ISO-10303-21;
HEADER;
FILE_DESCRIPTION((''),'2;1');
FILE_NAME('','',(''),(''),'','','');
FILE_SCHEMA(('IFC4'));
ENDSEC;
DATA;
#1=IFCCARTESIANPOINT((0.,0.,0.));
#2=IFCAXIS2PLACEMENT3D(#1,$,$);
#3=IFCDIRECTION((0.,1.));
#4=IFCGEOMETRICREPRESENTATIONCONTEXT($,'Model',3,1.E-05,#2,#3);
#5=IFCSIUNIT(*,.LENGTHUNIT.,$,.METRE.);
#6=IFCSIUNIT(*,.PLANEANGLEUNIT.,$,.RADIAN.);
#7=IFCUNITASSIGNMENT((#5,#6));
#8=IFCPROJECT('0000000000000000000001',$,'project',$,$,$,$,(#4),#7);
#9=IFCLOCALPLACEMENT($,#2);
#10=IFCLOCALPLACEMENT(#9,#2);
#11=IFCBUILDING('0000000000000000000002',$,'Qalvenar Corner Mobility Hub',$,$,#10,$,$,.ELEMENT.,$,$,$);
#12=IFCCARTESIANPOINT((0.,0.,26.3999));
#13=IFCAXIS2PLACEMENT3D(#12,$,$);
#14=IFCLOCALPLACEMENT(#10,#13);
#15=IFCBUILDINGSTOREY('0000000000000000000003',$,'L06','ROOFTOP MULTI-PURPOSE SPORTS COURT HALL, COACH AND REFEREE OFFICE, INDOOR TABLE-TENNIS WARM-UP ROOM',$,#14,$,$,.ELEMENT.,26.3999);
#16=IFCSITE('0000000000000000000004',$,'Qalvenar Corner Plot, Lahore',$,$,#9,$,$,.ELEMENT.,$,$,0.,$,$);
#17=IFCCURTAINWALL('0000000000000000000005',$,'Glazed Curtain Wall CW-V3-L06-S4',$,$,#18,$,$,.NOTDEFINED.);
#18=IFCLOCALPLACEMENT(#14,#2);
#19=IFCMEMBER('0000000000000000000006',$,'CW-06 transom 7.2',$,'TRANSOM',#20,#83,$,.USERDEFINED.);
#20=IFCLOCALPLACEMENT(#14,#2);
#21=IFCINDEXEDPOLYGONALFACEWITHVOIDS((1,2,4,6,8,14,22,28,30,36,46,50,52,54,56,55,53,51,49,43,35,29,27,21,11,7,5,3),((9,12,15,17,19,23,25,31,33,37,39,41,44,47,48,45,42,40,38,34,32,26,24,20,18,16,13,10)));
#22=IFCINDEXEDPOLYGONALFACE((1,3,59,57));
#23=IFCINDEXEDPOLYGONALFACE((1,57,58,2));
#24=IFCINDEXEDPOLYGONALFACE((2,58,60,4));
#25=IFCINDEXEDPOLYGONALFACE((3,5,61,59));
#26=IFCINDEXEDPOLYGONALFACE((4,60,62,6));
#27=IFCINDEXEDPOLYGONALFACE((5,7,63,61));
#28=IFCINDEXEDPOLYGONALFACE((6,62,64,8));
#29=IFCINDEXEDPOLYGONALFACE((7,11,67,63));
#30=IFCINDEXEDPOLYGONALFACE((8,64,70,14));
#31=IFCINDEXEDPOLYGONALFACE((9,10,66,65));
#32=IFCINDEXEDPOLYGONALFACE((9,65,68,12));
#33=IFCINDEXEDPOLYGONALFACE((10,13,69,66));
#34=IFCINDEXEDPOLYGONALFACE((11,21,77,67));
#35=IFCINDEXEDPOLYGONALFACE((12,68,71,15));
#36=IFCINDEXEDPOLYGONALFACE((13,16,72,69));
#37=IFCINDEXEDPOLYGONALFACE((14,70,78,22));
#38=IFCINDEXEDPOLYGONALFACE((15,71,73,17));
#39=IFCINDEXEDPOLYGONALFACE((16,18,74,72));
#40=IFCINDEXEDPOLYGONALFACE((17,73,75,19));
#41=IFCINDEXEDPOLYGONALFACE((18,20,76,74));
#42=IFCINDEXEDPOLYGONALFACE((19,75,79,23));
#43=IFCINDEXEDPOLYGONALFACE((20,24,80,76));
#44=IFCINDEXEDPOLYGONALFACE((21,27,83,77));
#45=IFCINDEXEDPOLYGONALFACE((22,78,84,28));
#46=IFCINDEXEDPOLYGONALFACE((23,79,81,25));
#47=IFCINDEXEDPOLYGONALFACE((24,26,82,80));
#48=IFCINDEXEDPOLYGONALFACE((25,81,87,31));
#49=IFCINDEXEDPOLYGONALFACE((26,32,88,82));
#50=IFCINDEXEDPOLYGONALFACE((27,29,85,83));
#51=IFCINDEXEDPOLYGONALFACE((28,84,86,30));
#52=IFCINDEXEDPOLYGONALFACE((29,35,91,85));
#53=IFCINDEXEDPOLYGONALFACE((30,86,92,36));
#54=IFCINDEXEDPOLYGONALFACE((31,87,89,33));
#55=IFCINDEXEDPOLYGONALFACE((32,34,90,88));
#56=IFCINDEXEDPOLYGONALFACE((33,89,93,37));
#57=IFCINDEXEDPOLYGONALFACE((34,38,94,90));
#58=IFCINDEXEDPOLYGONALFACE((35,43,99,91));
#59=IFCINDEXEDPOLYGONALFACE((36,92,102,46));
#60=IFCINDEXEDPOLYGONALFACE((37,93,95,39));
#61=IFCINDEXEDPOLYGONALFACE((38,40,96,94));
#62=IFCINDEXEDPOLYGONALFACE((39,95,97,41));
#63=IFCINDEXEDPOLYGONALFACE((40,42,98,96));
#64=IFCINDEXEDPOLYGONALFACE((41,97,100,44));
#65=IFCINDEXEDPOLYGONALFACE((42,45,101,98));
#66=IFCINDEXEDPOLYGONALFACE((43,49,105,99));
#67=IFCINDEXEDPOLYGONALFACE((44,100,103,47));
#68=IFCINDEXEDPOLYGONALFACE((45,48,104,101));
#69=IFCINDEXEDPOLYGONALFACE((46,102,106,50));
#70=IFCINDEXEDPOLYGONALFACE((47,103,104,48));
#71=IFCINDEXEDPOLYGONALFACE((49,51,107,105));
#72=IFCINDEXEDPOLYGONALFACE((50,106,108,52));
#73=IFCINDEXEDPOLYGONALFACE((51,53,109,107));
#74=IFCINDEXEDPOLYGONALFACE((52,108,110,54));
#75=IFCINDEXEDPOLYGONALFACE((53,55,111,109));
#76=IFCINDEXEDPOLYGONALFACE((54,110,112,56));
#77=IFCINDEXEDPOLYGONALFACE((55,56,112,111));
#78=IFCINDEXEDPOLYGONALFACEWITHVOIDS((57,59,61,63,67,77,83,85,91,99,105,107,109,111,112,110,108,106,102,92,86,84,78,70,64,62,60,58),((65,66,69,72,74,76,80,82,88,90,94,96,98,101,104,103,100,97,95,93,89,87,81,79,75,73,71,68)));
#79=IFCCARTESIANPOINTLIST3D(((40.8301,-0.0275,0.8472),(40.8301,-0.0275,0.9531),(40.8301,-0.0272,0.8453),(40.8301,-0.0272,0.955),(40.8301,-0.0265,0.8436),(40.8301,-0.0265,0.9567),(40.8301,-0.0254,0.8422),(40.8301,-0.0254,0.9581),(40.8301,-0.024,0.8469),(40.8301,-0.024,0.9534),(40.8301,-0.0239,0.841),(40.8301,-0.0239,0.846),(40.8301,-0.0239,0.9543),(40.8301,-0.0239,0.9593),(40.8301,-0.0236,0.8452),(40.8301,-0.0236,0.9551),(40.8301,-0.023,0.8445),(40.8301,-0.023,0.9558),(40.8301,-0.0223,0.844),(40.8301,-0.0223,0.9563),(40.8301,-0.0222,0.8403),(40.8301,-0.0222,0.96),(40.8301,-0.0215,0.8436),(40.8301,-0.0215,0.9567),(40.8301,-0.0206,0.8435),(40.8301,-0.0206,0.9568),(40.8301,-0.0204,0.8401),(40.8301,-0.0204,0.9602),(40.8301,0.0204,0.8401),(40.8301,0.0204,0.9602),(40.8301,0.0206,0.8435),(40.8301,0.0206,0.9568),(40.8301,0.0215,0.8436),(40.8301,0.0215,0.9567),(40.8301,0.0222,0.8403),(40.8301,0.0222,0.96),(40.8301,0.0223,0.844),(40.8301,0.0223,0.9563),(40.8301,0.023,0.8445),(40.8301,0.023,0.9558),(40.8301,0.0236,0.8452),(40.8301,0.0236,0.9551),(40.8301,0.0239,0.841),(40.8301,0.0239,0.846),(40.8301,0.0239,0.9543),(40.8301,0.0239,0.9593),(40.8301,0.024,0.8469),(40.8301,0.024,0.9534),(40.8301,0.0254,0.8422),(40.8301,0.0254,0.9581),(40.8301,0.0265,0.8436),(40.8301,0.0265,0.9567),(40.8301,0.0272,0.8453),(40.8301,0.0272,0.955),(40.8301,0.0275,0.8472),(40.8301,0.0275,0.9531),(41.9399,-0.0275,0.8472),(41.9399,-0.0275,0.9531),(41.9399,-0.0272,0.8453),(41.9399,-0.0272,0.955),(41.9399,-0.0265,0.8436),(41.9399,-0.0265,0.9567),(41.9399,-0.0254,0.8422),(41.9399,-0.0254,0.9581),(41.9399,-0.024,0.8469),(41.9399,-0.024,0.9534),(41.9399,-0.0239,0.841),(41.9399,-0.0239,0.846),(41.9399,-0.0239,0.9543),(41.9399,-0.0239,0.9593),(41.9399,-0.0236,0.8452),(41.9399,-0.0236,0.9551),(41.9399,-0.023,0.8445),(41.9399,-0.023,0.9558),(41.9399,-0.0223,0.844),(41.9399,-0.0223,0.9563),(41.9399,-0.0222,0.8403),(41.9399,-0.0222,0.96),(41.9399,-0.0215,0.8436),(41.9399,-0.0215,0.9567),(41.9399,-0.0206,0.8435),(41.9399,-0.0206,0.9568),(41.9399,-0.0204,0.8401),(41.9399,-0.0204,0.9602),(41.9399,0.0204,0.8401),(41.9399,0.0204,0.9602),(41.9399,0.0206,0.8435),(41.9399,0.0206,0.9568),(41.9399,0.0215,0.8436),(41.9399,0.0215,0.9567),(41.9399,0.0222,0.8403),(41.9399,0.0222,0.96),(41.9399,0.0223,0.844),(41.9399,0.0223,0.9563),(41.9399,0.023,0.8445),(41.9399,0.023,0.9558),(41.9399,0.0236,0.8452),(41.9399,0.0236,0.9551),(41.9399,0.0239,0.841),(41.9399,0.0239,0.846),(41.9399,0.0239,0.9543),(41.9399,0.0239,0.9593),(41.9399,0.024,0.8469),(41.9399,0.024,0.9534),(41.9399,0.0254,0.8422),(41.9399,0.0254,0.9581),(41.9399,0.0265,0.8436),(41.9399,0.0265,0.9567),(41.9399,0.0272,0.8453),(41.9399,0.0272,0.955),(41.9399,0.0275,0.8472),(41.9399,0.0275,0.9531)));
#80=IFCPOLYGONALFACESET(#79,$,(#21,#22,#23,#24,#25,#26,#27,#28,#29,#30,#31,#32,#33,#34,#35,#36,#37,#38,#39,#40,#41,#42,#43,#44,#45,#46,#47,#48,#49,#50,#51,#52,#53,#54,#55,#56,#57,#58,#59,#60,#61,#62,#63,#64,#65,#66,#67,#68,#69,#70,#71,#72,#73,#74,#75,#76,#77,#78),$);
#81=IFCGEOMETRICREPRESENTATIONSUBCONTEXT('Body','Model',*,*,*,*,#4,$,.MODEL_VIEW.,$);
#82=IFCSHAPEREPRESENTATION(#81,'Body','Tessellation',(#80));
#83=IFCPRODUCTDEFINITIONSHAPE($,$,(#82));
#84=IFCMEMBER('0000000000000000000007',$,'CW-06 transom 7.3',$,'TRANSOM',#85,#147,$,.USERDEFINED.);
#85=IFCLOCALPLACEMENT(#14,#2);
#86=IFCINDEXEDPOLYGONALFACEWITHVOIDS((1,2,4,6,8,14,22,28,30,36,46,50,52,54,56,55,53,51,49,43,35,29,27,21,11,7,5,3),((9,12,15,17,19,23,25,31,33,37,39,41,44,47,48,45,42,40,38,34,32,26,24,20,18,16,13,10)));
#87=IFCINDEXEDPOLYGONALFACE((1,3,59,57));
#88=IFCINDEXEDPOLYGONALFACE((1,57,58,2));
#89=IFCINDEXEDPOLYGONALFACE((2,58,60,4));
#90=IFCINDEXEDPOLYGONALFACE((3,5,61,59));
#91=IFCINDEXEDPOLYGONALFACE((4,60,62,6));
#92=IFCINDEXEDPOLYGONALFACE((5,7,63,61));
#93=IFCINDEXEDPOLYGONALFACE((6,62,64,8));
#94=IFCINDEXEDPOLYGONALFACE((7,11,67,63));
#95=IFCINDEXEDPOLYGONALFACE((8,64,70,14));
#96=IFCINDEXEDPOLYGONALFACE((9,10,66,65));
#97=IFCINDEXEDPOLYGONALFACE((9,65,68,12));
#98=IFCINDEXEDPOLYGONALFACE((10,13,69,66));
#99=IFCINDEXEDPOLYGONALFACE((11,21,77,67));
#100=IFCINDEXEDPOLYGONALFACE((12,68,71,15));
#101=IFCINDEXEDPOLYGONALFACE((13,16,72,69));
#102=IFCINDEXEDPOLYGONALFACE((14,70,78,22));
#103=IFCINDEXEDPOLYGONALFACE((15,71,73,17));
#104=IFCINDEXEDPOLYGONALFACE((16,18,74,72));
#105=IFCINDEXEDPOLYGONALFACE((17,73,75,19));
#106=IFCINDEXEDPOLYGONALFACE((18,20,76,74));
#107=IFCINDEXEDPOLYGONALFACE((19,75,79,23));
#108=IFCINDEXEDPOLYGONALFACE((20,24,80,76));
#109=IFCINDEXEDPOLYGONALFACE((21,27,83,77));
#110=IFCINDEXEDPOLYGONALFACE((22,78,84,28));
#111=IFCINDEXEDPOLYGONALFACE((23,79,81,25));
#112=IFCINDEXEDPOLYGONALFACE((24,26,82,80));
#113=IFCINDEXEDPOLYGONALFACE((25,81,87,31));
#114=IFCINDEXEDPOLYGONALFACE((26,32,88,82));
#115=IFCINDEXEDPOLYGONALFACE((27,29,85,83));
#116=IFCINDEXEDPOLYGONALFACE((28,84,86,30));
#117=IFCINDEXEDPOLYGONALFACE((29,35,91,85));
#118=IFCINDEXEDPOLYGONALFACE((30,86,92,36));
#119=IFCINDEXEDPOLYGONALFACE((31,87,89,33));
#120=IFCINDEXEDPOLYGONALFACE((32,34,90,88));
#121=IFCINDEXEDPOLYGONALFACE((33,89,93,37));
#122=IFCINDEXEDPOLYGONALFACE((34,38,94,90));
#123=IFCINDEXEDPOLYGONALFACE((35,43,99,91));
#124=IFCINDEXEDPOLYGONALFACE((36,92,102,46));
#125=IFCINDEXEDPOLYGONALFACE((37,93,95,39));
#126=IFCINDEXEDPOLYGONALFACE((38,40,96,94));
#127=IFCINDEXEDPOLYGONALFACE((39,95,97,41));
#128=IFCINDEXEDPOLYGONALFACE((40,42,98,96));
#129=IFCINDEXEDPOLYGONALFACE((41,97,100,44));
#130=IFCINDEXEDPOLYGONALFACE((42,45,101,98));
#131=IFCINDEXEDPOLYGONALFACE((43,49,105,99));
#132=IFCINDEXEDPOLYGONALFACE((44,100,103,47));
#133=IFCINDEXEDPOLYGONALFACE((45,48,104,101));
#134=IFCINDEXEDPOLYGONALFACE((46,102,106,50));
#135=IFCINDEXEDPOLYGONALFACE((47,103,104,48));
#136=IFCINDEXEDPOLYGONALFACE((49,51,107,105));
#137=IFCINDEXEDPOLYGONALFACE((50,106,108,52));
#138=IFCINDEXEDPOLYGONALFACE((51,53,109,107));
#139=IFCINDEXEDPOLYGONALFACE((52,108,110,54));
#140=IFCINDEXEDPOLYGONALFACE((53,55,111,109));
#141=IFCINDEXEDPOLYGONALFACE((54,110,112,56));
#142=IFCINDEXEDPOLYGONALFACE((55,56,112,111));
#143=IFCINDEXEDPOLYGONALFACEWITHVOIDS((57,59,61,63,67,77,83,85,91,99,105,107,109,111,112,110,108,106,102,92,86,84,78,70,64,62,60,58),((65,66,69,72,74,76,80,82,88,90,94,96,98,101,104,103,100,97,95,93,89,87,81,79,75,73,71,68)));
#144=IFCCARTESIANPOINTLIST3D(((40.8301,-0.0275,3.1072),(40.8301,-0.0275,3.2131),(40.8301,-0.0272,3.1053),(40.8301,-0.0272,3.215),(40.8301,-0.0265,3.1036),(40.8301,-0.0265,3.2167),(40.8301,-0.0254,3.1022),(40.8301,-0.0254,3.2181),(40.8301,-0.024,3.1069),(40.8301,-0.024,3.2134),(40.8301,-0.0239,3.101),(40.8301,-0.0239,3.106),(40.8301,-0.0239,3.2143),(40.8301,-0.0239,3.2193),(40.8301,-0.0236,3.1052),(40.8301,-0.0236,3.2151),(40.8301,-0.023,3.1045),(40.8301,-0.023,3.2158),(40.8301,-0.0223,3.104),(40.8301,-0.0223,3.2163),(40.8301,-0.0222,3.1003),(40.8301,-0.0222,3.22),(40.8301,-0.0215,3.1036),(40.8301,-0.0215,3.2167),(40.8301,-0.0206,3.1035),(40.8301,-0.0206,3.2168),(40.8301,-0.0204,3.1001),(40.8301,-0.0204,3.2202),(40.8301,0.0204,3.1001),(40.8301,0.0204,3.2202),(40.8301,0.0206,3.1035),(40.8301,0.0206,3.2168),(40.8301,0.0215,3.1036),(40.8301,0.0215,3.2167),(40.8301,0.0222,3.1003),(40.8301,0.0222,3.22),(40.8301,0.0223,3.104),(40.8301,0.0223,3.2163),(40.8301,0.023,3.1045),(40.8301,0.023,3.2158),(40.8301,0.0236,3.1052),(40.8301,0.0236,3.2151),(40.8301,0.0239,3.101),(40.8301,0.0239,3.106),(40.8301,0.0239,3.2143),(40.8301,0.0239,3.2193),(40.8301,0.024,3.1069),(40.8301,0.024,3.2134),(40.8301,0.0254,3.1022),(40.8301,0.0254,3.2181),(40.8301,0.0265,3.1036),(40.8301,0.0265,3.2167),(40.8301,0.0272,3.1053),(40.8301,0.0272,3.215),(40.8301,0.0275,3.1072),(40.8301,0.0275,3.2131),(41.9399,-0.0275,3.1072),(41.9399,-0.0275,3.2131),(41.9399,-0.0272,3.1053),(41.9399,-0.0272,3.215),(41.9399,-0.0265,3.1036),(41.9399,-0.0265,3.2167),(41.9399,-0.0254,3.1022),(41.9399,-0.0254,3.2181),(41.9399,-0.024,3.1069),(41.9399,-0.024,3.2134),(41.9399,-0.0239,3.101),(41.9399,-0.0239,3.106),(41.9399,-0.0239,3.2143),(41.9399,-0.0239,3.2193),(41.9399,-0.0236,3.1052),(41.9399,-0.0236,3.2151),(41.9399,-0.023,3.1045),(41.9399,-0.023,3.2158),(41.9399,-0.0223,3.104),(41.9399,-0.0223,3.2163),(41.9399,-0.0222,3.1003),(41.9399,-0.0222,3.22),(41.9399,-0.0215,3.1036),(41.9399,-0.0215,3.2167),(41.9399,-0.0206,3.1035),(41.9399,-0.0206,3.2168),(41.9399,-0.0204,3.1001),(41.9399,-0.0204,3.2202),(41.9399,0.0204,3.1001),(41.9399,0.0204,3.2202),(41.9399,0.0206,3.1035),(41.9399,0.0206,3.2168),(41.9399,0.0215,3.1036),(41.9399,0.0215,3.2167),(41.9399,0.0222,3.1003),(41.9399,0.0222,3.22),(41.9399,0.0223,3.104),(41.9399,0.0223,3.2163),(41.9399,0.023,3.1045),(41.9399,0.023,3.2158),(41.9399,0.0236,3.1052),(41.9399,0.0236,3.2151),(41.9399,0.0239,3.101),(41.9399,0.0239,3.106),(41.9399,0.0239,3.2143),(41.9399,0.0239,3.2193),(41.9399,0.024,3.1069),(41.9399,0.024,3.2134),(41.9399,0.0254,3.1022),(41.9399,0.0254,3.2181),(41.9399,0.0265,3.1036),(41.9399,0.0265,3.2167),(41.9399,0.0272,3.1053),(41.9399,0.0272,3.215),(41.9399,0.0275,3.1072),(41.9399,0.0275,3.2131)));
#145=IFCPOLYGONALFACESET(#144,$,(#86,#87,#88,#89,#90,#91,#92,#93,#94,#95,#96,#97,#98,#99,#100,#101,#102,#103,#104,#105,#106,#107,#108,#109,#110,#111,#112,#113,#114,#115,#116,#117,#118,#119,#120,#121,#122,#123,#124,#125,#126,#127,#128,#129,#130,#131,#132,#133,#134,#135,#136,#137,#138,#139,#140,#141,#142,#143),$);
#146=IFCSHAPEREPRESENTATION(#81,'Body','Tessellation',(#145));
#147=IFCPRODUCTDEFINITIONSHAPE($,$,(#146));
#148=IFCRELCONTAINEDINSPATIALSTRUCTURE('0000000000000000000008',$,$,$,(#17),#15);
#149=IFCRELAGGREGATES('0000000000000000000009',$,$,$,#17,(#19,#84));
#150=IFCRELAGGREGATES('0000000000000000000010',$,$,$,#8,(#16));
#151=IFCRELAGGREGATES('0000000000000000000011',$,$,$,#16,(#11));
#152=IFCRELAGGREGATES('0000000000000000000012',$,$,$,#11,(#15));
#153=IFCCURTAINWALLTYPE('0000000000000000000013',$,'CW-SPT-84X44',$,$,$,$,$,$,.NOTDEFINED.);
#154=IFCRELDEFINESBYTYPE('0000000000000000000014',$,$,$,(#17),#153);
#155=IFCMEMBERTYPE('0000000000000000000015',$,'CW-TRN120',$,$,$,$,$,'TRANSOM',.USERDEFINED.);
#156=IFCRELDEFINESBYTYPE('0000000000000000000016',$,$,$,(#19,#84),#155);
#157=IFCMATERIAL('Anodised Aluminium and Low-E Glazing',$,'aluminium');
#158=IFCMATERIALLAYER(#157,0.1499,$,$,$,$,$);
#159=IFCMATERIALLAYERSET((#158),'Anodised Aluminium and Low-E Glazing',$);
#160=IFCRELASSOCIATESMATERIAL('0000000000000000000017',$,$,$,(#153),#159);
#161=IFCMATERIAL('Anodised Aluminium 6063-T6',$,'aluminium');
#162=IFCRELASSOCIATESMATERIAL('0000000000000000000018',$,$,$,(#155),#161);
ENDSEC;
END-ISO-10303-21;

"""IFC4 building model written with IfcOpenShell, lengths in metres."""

from ifc_helpers import new_model, si_unit, direction, frame, origin, origin_2d, place, context, subcontext, project, spatial, hollow_rectangle, extrude, material, layer, layer_set, material_profile, profile_set, type_object, element, aggregate, save


model = new_model("IFC4")

# Units and contexts
model_context = context("Model", 3, precision=1e-05, world=origin(), true_north=direction((0.0, 1.0)))
body_context = subcontext(model_context, "Body", "Model", "MODEL_VIEW")
ifc_project = project(units=[si_unit("LENGTHUNIT", "METRE"), si_unit("PLANEANGLEUNIT", "RADIAN")], contexts=[model_context])

# Site, building, storey
site_placement = place(None, origin())
site = spatial("IfcSite", under=ifc_project, at=site_placement, Name="Qalvenar Corner Plot, Lahore", CompositionType="ELEMENT", RefElevation=0.0)
building_placement = place(site_placement, origin())
building = spatial("IfcBuilding", under=site, at=building_placement, Name="Qalvenar Corner Mobility Hub", CompositionType="ELEMENT")
storey_placement = place(building_placement, frame((0.0, 0.0, 26.3999)))
storey = spatial("IfcBuildingStorey", under=building, at=storey_placement, Name="L06", Description="ROOFTOP MULTI-PURPOSE SPORTS COURT HALL, COACH AND REFEREE OFFICE, INDOOR TABLE-TENNIS WARM-UP ROOM", CompositionType="ELEMENT", Elevation=26.3999)

# Curtain wall
ifc_material_1 = material(Name="Anodised Aluminium and Low-E Glazing", Category="aluminium")
ifc_material_2 = material(Name="Anodised Aluminium 6063-T6", Category="aluminium")
ifc_layer_1 = layer(ifc_material_1, 0.1499)
ifc_layer_set_1 = layer_set([ifc_layer_1], Name="Anodised Aluminium and Low-E Glazing")
curtain_wall_type_1 = type_object("IfcCurtainWallType", Name="CW-SPT-84X44", PredefinedType="NOTDEFINED", material=ifc_layer_set_1)
curtain_wall_1_placement = place(storey_placement, origin())
curtain_wall_1 = element("IfcCurtainWall", 1, at=curtain_wall_1_placement, inside=storey, type_object=curtain_wall_type_1, Name="Glazed Curtain Wall CW-V3-L06-S4", PredefinedType="NOTDEFINED")

# Members
ifc_material_profile_1 = material_profile(ifc_material_2, hollow_rectangle(XDim=0.0549, YDim=0.1201, WallThickness=0.0034, InnerFilletRadius=0.0034, OuterFilletRadius=0.0071, at=origin_2d()), Name="RHS120x55x3.5")
ifc_profile_set_1 = profile_set([ifc_material_profile_1], Name="Anodised Aluminium 6063-T6")
member_type_1 = type_object("IfcMemberType", Name="CW-TRN120", ElementType="TRANSOM", PredefinedType="USERDEFINED", material=ifc_profile_set_1)
member_1_placement = place(storey_placement, frame((40.8301, 0.0, 0.9001), z_axis=(1.0, 0.0, 0.0), x_axis=(0.0, 1.0, 0.0)))
member_1 = element("IfcMember", 2, at=member_1_placement, type_object=member_type_1, Name="CW-06 transom 7.2", ObjectType="TRANSOM", PredefinedType="USERDEFINED", context=body_context, shape_type="SweptSolid", body=[
    extrude(hollow_rectangle(XDim=0.0549, YDim=0.1201, WallThickness=0.0034, InnerFilletRadius=0.0034, OuterFilletRadius=0.0071, at=origin_2d()), origin(), (0.0, 0.0, 1.0), 1.1099),
])
member_2_placement = place(storey_placement, frame((40.8301, 0.0, 3.1602), z_axis=(1.0, 0.0, 0.0), x_axis=(0.0, 1.0, 0.0)))
member_2 = element("IfcMember", 3, at=member_2_placement, type_object=member_type_1, Name="CW-06 transom 7.3", ObjectType="TRANSOM", PredefinedType="USERDEFINED", context=body_context, shape_type="SweptSolid", body=[
    extrude(hollow_rectangle(XDim=0.0549, YDim=0.1201, WallThickness=0.0034, InnerFilletRadius=0.0034, OuterFilletRadius=0.0071, at=origin_2d()), origin(), (0.0, 0.0, 1.0), 1.1099),
])

aggregate(curtain_wall_1, [member_1, member_2])

save(model, "model.ifc")
